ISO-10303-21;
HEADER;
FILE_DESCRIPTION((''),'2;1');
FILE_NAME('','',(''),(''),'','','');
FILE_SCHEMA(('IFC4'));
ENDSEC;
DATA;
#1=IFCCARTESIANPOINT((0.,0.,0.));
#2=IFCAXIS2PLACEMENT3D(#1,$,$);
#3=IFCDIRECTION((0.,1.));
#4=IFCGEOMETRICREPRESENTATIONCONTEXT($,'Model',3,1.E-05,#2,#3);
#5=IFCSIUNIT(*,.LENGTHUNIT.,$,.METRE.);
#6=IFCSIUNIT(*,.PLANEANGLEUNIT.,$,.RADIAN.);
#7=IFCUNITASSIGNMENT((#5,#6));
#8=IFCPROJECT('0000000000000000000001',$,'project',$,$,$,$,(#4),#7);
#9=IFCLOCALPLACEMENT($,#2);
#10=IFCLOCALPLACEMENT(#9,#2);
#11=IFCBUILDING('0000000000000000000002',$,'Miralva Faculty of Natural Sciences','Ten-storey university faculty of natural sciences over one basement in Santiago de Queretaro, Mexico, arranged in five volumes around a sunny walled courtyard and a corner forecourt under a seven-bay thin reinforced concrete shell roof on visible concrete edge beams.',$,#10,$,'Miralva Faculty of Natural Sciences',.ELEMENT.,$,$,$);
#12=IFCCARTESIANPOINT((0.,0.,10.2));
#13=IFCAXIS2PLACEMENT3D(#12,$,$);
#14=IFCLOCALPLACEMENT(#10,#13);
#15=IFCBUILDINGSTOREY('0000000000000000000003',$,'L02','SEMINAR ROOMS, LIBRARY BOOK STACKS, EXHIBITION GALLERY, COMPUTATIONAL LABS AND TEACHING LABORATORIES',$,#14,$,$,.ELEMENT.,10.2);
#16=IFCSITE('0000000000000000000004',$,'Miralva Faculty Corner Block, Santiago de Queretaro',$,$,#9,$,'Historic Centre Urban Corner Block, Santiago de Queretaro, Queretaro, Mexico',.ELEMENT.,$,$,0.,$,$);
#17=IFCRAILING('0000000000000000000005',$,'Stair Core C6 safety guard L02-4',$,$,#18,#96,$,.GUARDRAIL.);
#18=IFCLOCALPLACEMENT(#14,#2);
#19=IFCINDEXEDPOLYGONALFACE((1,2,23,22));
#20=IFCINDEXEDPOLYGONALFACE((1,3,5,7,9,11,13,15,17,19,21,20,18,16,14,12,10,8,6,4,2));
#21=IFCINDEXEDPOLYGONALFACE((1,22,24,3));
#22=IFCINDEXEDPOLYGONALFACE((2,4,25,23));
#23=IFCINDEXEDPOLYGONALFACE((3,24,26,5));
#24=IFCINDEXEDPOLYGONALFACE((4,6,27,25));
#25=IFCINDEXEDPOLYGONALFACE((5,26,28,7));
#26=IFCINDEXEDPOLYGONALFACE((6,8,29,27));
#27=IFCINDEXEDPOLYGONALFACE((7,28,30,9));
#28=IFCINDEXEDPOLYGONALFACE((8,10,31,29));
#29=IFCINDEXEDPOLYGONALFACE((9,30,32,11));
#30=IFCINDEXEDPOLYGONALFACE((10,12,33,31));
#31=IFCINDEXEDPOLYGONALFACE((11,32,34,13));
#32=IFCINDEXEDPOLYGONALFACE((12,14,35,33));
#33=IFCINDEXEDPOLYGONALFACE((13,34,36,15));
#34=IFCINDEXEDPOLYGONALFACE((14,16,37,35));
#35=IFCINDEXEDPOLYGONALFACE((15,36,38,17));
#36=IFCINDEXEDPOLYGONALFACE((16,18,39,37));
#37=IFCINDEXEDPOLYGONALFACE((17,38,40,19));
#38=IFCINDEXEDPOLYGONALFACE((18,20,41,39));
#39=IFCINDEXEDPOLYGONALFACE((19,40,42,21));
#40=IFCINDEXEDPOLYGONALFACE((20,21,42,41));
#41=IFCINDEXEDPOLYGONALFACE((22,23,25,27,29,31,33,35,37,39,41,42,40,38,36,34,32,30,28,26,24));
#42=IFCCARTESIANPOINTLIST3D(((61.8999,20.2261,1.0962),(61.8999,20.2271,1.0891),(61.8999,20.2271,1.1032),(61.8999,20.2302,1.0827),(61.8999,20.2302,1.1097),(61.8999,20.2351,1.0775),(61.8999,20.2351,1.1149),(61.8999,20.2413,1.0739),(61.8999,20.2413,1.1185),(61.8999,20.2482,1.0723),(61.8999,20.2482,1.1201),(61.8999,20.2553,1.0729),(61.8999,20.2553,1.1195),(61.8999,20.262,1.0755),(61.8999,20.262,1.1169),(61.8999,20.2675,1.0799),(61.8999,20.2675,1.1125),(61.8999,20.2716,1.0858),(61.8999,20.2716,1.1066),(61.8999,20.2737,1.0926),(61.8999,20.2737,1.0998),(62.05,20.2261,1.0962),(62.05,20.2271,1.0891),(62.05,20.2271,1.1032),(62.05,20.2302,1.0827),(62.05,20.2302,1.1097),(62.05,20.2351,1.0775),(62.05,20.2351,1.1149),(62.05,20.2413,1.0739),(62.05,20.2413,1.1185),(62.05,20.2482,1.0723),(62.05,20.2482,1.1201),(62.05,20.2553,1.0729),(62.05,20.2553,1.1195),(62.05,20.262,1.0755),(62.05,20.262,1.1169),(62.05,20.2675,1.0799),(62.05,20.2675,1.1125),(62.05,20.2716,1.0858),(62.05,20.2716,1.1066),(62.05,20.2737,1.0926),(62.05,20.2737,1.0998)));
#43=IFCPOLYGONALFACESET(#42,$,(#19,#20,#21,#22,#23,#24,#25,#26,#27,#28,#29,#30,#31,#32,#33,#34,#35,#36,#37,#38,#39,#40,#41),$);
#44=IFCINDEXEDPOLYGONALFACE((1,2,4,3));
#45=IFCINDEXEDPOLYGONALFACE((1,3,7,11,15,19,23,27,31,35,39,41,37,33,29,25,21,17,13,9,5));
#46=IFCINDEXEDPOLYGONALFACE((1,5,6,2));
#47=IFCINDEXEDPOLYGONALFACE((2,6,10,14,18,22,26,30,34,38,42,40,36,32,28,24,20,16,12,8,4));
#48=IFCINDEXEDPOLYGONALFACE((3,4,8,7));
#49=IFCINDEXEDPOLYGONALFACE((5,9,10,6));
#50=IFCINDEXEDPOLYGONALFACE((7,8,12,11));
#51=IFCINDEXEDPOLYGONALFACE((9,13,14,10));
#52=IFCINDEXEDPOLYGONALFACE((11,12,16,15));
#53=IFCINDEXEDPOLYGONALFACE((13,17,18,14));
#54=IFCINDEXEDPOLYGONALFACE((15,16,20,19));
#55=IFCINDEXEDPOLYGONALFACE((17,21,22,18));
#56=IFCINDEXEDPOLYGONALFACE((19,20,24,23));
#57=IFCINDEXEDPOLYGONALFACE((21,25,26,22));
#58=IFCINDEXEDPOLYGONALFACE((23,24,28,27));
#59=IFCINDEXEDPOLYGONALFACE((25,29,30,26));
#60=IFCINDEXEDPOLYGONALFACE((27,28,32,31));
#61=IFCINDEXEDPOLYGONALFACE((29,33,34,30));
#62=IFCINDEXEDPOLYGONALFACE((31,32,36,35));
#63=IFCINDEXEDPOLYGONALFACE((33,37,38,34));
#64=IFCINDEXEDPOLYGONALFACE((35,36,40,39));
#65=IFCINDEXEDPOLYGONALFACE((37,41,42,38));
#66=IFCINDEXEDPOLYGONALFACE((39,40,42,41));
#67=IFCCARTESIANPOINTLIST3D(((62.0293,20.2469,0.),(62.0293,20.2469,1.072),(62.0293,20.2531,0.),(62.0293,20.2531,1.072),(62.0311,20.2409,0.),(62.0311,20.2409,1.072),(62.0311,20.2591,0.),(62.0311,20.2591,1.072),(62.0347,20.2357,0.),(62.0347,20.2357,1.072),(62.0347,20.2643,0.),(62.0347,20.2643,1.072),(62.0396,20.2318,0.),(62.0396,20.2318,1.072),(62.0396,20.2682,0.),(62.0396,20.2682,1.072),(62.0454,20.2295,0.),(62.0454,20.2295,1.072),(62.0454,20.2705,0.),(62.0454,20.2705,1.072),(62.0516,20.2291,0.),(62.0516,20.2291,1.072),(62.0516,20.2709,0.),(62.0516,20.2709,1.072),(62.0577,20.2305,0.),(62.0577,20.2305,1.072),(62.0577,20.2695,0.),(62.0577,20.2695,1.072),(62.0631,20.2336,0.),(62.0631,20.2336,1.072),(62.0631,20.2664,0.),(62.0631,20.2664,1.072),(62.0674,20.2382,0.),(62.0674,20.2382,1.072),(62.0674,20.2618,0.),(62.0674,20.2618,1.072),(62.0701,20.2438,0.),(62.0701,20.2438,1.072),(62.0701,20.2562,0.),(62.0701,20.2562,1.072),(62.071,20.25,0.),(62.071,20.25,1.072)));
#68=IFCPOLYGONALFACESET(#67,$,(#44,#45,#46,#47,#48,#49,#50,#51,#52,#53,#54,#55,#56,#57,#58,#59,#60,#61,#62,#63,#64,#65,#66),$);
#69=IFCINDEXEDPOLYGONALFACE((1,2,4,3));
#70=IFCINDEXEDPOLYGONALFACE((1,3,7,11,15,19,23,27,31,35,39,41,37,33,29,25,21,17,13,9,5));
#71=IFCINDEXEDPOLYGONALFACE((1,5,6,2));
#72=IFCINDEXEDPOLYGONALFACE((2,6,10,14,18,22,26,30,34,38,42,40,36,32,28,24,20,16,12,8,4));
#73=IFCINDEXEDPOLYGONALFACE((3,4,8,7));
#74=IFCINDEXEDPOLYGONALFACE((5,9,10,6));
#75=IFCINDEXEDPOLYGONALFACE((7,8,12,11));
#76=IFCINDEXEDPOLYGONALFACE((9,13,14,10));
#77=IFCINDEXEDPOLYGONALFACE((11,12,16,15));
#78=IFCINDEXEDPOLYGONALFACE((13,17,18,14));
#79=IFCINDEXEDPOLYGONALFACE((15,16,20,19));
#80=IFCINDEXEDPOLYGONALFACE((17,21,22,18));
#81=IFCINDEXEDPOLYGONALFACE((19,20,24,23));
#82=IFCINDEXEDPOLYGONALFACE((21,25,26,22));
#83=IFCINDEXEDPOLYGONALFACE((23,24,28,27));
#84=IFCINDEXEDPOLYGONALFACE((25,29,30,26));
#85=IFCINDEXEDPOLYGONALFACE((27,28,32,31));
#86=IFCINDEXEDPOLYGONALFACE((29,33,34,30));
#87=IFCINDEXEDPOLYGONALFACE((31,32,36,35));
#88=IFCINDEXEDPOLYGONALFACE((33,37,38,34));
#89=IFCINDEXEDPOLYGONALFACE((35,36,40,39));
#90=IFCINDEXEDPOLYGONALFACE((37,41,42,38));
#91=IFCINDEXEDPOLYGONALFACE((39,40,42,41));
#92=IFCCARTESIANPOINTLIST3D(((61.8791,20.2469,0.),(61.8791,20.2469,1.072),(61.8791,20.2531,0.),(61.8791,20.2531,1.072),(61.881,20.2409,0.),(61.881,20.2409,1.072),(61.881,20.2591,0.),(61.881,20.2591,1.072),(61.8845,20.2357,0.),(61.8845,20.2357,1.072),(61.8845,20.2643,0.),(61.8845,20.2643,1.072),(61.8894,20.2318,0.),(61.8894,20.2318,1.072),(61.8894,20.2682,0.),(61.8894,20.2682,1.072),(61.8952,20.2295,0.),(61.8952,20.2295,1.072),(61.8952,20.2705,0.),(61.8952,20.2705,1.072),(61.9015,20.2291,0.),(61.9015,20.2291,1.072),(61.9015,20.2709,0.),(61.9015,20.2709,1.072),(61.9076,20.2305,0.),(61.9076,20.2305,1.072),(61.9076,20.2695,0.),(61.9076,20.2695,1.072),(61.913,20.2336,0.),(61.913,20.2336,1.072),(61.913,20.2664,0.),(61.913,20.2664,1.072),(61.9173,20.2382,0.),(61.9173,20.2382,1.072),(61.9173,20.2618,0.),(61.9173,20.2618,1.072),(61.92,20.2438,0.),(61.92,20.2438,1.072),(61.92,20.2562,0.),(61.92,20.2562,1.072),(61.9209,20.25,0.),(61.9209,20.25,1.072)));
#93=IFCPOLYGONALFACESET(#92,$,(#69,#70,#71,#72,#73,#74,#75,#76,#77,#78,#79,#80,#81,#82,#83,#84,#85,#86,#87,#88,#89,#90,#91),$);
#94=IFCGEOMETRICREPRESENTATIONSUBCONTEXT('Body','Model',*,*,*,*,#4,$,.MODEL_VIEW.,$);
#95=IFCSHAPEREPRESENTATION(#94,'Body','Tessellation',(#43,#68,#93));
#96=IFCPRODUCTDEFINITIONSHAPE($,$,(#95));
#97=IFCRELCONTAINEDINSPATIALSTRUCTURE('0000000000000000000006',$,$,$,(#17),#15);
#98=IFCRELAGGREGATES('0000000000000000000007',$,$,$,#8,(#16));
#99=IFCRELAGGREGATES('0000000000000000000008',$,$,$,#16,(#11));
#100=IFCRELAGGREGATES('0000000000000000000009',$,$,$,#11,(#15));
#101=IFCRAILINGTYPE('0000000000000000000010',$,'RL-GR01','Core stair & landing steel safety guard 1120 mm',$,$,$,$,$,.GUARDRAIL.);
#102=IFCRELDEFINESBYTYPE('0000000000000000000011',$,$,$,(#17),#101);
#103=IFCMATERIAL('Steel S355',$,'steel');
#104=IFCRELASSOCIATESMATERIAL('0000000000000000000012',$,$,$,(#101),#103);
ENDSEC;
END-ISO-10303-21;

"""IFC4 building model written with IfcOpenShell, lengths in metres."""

from ifc_helpers import new_model, si_unit, direction, frame, origin, origin_2d, place, context, subcontext, project, spatial, circle, extrude, material, type_object, element, save


model = new_model("IFC4")

# Units and contexts
model_context = context("Model", 3, precision=1e-05, world=origin(), true_north=direction((0.0, 1.0)))
body_context = subcontext(model_context, "Body", "Model", "MODEL_VIEW")
ifc_project = project(units=[si_unit("LENGTHUNIT", "METRE"), si_unit("PLANEANGLEUNIT", "RADIAN")], contexts=[model_context])

# Site, building, storey
site_placement = place(None, origin())
site = spatial("IfcSite", under=ifc_project, at=site_placement, Name="Miralva Faculty Corner Block, Santiago de Queretaro", LongName="Historic Centre Urban Corner Block, Santiago de Queretaro, Queretaro, Mexico", CompositionType="ELEMENT", RefElevation=0.0)
building_placement = place(site_placement, origin())
building = spatial("IfcBuilding", under=site, at=building_placement, Name="Miralva Faculty of Natural Sciences", Description="Ten-storey university faculty of natural sciences over one basement in Santiago de Queretaro, Mexico, arranged in five volumes around a sunny walled courtyard and a corner forecourt under a seven-bay thin reinforced concrete shell roof on visible concrete edge beams.", LongName="Miralva Faculty of Natural Sciences", CompositionType="ELEMENT")
storey_placement = place(building_placement, frame((0.0, 0.0, 10.2)))
storey = spatial("IfcBuildingStorey", under=building, at=storey_placement, Name="L02", Description="SEMINAR ROOMS, LIBRARY BOOK STACKS, EXHIBITION GALLERY, COMPUTATIONAL LABS AND TEACHING LABORATORIES", CompositionType="ELEMENT", Elevation=10.2)

# Railing
ifc_material_1 = material(Name="Steel S355", Category="steel")
railing_type_1 = type_object("IfcRailingType", Name="RL-GR01", Description="Core stair & landing steel safety guard 1120 mm", PredefinedType="GUARDRAIL", material=ifc_material_1)
railing_1_placement = place(storey_placement, frame((62.05, 20.25, 0.0)))
element("IfcRailing", 1, at=railing_1_placement, inside=storey, type_object=railing_type_1, Name="Stair Core C6 safety guard L02-4", PredefinedType="GUARDRAIL", context=body_context, shape_type="SweptSolid", body=[
    extrude(circle(Radius=0.0239, at=origin_2d()), frame((0.0, 0.0, 1.0962), z_axis=(-1.0, 0.0, 0.0), x_axis=(0.0, -1.0, 0.0)), (0.0, 0.0, 1.0), 0.1501),
    extrude(circle(Radius=0.021, at=origin_2d()), origin(), (0.0, 0.0, 1.0), 1.072),
    extrude(circle(Radius=0.021, at=origin_2d()), frame((-0.1501, 0.0, 0.0)), (0.0, 0.0, 1.0), 1.072),
])

save(model, "model.ifc")
